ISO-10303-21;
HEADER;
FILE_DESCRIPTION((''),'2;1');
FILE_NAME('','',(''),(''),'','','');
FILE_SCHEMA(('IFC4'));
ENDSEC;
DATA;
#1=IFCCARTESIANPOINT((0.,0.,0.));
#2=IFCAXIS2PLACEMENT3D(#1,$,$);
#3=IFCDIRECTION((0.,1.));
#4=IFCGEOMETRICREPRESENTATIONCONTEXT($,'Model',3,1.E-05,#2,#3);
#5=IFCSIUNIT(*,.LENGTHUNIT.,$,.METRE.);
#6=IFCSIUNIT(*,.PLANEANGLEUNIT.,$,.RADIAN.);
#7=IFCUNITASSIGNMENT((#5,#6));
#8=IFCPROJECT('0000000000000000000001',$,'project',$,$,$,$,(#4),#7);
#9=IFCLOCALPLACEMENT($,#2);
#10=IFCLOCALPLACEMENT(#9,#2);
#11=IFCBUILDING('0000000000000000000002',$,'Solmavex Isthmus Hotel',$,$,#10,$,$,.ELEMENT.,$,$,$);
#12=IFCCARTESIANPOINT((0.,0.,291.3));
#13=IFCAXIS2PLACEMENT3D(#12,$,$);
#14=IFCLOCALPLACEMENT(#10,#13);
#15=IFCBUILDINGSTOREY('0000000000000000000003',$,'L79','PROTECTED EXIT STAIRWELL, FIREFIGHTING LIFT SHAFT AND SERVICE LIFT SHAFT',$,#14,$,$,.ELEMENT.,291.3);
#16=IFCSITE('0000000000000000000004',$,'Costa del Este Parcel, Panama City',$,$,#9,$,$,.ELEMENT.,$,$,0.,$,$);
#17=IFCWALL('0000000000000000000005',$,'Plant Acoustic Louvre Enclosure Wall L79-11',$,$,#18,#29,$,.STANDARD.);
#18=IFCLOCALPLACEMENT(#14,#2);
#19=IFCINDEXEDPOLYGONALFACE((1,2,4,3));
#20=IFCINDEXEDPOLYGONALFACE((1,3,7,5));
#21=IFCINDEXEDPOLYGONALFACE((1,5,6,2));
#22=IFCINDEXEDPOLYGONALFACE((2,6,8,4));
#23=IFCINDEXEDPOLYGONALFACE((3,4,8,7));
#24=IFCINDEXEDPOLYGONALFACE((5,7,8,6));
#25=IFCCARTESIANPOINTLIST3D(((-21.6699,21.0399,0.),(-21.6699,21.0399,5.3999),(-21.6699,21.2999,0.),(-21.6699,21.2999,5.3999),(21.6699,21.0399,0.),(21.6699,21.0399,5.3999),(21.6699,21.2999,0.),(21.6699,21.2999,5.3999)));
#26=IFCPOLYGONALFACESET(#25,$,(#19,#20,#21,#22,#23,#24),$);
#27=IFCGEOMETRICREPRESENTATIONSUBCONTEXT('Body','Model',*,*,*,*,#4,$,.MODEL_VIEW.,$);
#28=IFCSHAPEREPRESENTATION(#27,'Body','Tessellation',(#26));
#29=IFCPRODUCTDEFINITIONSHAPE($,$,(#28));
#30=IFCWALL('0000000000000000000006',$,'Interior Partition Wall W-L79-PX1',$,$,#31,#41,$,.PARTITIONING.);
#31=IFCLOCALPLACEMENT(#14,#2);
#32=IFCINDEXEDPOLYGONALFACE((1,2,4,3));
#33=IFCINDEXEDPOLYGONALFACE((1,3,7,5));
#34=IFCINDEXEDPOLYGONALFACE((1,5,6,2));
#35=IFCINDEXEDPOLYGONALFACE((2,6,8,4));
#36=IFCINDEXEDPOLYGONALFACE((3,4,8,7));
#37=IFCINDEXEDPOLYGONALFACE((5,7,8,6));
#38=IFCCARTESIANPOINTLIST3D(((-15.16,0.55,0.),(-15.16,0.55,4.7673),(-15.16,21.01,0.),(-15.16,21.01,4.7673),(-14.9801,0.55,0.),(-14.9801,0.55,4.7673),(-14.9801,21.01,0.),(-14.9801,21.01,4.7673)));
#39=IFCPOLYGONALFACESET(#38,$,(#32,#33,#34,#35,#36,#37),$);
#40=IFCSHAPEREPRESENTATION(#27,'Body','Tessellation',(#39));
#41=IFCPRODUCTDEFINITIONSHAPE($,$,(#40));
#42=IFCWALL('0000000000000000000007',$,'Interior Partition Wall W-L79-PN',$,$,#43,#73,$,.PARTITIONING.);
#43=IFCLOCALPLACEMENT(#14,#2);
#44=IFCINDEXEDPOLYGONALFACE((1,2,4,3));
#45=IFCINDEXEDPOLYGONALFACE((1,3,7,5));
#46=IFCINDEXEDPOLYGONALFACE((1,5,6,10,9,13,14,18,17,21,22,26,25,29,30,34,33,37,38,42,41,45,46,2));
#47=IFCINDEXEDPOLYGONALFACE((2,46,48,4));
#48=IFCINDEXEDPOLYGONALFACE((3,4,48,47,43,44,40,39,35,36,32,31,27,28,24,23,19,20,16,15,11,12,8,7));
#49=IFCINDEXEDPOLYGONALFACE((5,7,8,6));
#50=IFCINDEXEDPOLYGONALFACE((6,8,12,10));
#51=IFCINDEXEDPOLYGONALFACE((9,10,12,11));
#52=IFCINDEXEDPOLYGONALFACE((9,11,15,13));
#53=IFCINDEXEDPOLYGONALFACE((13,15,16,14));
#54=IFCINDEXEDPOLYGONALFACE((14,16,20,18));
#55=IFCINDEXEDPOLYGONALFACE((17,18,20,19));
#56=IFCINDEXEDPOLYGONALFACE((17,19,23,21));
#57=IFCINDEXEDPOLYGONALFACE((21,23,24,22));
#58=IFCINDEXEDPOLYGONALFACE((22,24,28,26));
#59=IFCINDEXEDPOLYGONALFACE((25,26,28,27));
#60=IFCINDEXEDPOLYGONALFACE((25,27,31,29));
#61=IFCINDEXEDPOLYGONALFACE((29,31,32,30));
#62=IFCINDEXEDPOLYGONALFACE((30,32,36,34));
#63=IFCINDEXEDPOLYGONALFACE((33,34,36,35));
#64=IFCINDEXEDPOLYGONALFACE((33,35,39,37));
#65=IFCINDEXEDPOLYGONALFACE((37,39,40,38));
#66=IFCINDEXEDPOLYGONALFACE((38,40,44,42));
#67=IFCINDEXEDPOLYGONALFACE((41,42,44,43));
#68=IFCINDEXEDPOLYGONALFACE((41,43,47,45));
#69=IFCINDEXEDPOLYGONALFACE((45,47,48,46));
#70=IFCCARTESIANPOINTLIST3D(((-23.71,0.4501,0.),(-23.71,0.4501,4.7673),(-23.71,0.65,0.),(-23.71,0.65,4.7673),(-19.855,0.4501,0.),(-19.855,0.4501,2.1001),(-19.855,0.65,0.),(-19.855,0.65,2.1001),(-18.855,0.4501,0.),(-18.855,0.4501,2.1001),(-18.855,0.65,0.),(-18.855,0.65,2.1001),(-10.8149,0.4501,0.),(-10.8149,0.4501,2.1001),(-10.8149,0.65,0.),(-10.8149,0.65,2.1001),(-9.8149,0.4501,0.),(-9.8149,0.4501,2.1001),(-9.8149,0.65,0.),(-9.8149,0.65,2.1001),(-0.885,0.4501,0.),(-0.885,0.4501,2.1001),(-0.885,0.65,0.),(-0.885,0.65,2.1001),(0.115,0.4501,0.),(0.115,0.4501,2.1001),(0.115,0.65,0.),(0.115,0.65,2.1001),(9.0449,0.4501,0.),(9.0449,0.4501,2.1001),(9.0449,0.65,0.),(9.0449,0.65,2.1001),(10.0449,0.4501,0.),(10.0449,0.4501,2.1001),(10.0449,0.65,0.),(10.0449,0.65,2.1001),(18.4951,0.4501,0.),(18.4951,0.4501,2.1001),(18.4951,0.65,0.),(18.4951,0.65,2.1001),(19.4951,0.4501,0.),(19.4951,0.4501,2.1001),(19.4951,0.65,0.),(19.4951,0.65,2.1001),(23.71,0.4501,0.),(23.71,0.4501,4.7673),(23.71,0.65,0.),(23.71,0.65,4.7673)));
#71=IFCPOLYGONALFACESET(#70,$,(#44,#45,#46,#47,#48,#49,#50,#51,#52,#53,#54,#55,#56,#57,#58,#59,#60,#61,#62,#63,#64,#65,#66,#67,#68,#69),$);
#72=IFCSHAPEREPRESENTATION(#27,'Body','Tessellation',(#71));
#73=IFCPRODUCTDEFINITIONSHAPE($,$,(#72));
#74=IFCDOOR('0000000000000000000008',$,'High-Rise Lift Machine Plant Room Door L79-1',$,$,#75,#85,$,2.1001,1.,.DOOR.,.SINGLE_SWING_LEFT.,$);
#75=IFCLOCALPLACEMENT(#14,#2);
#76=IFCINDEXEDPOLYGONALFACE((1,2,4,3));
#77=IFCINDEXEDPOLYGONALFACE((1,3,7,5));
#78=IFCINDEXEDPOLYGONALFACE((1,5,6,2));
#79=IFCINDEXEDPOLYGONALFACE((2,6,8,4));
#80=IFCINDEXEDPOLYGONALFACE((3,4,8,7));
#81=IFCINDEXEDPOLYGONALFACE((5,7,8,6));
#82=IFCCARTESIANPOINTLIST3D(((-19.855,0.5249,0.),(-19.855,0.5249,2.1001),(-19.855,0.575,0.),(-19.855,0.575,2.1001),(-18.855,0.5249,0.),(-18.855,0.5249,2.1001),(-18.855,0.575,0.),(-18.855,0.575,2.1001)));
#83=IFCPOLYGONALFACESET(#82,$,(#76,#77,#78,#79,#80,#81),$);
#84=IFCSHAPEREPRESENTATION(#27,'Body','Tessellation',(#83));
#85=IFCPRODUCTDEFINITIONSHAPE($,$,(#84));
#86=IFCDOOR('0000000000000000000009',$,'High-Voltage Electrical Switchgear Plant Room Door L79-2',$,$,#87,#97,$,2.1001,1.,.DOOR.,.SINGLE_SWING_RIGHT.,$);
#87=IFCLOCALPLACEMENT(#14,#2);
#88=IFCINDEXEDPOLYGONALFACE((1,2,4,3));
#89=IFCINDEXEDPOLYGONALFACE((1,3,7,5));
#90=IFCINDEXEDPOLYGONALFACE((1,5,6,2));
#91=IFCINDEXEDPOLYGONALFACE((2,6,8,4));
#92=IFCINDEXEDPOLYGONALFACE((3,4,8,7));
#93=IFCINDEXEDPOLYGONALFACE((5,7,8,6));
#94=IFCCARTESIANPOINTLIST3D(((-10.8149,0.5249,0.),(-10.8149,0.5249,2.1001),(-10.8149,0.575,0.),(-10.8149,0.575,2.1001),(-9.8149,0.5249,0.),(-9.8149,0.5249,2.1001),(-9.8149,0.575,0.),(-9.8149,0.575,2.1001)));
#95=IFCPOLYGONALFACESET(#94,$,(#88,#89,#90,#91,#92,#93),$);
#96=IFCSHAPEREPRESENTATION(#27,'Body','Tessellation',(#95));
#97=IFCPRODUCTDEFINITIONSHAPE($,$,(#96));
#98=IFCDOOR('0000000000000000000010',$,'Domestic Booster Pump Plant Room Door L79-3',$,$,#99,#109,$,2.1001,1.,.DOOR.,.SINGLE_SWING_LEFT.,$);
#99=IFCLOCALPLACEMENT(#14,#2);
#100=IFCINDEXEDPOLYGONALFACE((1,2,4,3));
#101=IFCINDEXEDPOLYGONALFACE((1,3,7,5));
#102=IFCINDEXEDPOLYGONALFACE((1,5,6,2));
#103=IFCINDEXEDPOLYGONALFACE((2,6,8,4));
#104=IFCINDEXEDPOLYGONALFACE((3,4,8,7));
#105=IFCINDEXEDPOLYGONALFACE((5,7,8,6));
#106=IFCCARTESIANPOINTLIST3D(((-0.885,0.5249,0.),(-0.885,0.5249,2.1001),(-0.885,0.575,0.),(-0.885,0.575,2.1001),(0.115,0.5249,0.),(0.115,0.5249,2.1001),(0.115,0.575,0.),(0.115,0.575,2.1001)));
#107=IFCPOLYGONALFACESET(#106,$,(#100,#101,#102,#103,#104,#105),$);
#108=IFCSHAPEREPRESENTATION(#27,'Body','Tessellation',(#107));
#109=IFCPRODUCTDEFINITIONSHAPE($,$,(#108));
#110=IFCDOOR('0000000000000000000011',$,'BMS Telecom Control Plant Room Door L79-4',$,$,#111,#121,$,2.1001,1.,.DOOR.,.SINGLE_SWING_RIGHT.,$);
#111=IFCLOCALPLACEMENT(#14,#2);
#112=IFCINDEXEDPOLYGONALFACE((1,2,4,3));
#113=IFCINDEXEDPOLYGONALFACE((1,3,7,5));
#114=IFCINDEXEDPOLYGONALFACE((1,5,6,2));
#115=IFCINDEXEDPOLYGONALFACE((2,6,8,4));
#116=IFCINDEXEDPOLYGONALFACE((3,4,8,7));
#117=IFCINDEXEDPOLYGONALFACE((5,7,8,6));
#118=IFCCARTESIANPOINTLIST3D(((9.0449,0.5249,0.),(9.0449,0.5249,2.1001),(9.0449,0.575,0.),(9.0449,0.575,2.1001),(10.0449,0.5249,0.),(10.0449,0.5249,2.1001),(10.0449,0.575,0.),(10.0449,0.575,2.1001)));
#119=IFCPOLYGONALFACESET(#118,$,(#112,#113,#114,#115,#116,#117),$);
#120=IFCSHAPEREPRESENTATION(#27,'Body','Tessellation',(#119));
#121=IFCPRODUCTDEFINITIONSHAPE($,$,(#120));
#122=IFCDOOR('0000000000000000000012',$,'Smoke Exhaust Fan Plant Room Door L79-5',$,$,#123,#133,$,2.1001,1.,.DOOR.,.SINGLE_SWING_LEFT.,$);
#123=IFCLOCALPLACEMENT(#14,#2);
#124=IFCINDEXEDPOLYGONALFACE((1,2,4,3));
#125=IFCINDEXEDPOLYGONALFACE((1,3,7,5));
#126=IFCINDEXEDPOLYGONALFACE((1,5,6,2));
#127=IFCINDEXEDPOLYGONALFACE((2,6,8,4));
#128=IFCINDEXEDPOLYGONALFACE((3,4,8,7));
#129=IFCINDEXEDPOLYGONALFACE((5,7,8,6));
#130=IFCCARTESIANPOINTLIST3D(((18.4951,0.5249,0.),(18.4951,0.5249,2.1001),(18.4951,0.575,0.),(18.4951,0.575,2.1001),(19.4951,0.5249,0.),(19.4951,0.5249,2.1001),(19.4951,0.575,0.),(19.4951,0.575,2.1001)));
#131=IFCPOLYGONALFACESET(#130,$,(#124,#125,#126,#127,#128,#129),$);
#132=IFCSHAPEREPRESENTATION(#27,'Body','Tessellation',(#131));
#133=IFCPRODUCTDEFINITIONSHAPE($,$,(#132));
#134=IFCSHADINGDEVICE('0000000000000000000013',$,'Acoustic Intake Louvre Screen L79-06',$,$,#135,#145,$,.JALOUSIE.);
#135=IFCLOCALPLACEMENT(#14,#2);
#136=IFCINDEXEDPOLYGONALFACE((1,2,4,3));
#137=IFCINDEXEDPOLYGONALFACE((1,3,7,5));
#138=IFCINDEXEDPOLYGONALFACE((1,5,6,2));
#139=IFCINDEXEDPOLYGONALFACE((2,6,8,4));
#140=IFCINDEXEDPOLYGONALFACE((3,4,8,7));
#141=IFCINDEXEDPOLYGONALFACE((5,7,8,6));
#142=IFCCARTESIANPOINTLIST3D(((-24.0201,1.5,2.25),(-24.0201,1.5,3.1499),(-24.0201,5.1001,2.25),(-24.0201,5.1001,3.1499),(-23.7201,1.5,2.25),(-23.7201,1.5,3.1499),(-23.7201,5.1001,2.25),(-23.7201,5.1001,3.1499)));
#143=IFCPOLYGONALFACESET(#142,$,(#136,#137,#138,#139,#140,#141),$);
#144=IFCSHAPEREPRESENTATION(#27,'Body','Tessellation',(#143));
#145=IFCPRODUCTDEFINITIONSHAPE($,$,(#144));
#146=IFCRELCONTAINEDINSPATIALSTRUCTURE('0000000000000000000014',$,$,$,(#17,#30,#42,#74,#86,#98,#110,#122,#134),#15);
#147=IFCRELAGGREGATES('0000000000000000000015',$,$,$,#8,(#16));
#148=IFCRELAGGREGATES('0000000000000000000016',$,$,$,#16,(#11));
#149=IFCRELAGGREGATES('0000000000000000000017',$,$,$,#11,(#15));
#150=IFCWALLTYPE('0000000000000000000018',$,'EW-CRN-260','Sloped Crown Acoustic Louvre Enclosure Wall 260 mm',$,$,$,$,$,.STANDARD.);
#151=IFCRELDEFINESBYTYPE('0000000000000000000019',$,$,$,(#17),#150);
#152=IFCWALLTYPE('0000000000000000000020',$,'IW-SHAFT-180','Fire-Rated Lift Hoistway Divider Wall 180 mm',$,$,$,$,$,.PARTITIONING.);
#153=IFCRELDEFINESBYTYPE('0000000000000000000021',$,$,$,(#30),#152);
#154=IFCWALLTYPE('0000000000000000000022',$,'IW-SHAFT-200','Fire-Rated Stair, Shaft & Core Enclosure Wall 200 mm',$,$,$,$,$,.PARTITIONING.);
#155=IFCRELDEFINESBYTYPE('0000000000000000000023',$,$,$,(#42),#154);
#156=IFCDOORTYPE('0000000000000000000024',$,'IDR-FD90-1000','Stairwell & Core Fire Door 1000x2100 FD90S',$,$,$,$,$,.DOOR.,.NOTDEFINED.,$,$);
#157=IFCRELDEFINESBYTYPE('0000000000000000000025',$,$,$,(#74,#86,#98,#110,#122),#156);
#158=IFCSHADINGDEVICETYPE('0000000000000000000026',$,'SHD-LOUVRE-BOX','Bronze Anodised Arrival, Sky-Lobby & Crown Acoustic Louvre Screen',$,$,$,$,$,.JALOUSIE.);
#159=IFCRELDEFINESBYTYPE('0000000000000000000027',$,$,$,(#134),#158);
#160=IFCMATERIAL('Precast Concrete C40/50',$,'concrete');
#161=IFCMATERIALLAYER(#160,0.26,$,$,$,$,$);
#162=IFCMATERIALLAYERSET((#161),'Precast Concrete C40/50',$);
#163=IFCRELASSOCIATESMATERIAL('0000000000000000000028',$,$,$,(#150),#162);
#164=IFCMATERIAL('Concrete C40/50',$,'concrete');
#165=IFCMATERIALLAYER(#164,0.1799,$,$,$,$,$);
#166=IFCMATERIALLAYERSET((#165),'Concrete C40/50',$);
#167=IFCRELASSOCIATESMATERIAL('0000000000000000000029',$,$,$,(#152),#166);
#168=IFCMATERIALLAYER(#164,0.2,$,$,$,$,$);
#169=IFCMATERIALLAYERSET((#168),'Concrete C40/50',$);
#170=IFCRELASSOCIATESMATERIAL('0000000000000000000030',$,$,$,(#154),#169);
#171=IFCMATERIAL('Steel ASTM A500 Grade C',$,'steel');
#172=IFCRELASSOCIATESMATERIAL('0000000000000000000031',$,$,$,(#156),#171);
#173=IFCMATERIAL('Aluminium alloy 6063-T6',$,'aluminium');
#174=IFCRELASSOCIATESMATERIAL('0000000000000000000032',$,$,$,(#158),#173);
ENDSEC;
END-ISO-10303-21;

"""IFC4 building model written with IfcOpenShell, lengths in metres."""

from ifc_helpers import new_model, si_unit, direction, frame, frame_2d, origin, origin_2d, place, context, subcontext, project, spatial, rectangle, extrude, material, layer, layer_set, type_object, element, fill, save


model = new_model("IFC4")

# Units and contexts
model_context = context("Model", 3, precision=1e-05, world=origin(), true_north=direction((0.0, 1.0)))
body_context = subcontext(model_context, "Body", "Model", "MODEL_VIEW")
ifc_project = project(units=[si_unit("LENGTHUNIT", "METRE"), si_unit("PLANEANGLEUNIT", "RADIAN")], contexts=[model_context])

# Site, building, storey
site_placement = place(None, origin())
site = spatial("IfcSite", under=ifc_project, at=site_placement, Name="Costa del Este Parcel, Panama City", CompositionType="ELEMENT", RefElevation=0.0)
building_placement = place(site_placement, origin())
building = spatial("IfcBuilding", under=site, at=building_placement, Name="Solmavex Isthmus Hotel", CompositionType="ELEMENT")
storey_placement = place(building_placement, frame((0.0, 0.0, 291.3)))
storey = spatial("IfcBuildingStorey", under=building, at=storey_placement, Name="L79", Description="PROTECTED EXIT STAIRWELL, FIREFIGHTING LIFT SHAFT AND SERVICE LIFT SHAFT", CompositionType="ELEMENT", Elevation=291.3)

# Walls
ifc_material_1 = material(Name="Precast Concrete C40/50", Category="concrete")
ifc_layer_1 = layer(ifc_material_1, 0.26)
ifc_layer_set_1 = layer_set([ifc_layer_1], Name="Precast Concrete C40/50")
wall_type_1 = type_object("IfcWallType", Name="EW-CRN-260", Description="Sloped Crown Acoustic Louvre Enclosure Wall 260 mm", PredefinedType="STANDARD", material=ifc_layer_set_1)
wall_1_placement = place(storey_placement, frame((-21.6699, 21.1699, 0.0), z_axis=(0.0, 0.0, 1.0), x_axis=(1.0, 0.0, 0.0)))
element("IfcWall", 1, at=wall_1_placement, inside=storey, type_object=wall_type_1, Name="Plant Acoustic Louvre Enclosure Wall L79-11", PredefinedType="STANDARD", context=body_context, shape_type="SweptSolid", body=[
    extrude(rectangle(XDim=43.3398, YDim=0.26, at=frame_2d((21.6699, 0.0))), origin(), (0.0, 0.0, 1.0), 5.3999),
])
ifc_material_2 = material(Name="Concrete C40/50", Category="concrete")
ifc_layer_2 = layer(ifc_material_2, 0.1799)
ifc_layer_set_2 = layer_set([ifc_layer_2], Name="Concrete C40/50")
wall_type_2 = type_object("IfcWallType", Name="IW-SHAFT-180", Description="Fire-Rated Lift Hoistway Divider Wall 180 mm", PredefinedType="PARTITIONING", material=ifc_layer_set_2)
wall_2_placement = place(storey_placement, frame((-15.0701, 0.55, 0.0), z_axis=(0.0, 0.0, 1.0), x_axis=(0.0, 1.0, 0.0)))
element("IfcWall", 2, at=wall_2_placement, inside=storey, type_object=wall_type_2, Name="Interior Partition Wall W-L79-PX1", PredefinedType="PARTITIONING", context=body_context, shape_type="SweptSolid", body=[
    extrude(rectangle(XDim=20.46, YDim=0.1799, at=frame_2d((10.23, 0.0))), origin(), (0.0, 0.0, 1.0), 4.7673),
])

# Wall, openings, doors
ifc_layer_3 = layer(ifc_material_2, 0.2)
ifc_layer_set_3 = layer_set([ifc_layer_3], Name="Concrete C40/50")
wall_type_3 = type_object("IfcWallType", Name="IW-SHAFT-200", Description="Fire-Rated Stair, Shaft & Core Enclosure Wall 200 mm", PredefinedType="PARTITIONING", material=ifc_layer_set_3)
wall_3_placement = place(storey_placement, frame((-23.71, 0.55, 0.0), z_axis=(0.0, 0.0, 1.0), x_axis=(1.0, 0.0, 0.0)))
wall_3 = element("IfcWall", 3, at=wall_3_placement, inside=storey, type_object=wall_type_3, Name="Interior Partition Wall W-L79-PN", PredefinedType="PARTITIONING", context=body_context, shape_type="SweptSolid", body=[
    extrude(rectangle(XDim=47.4199, YDim=0.2, at=frame_2d((23.71, 0.0))), origin(), (0.0, 0.0, 1.0), 4.7673),
])
opening_1_placement = place(wall_3_placement, frame((3.855, 0.0, 0.0)))
opening_1 = element("IfcOpeningElement", 4, at=opening_1_placement, cuts=wall_3, PredefinedType="OPENING", context=body_context, shape_type="SweptSolid", body=[
    extrude(rectangle(XDim=1.0, YDim=2.1001, at=frame_2d((0.5, 1.05))), frame((0.0, 0.1099, 0.0), z_axis=(0.0, -1.0, 0.0), x_axis=(1.0, 0.0, 0.0)), (0.0, 0.0, 1.0), 0.22),
])
opening_2_placement = place(wall_3_placement, frame((12.895, 0.0, 0.0)))
opening_2 = element("IfcOpeningElement", 5, at=opening_2_placement, cuts=wall_3, PredefinedType="OPENING", context=body_context, shape_type="SweptSolid", body=[
    extrude(rectangle(XDim=1.0, YDim=2.1001, at=frame_2d((0.5, 1.05))), frame((0.0, 0.1099, 0.0), z_axis=(0.0, -1.0, 0.0), x_axis=(1.0, 0.0, 0.0)), (0.0, 0.0, 1.0), 0.22),
])
opening_3_placement = place(wall_3_placement, frame((22.825, 0.0, 0.0)))
opening_3 = element("IfcOpeningElement", 6, at=opening_3_placement, cuts=wall_3, PredefinedType="OPENING", context=body_context, shape_type="SweptSolid", body=[
    extrude(rectangle(XDim=1.0, YDim=2.1001, at=frame_2d((0.5, 1.05))), frame((0.0, 0.1099, 0.0), z_axis=(0.0, -1.0, 0.0), x_axis=(1.0, 0.0, 0.0)), (0.0, 0.0, 1.0), 0.22),
])
opening_4_placement = place(wall_3_placement, frame((32.7549, 0.0, 0.0)))
opening_4 = element("IfcOpeningElement", 7, at=opening_4_placement, cuts=wall_3, PredefinedType="OPENING", context=body_context, shape_type="SweptSolid", body=[
    extrude(rectangle(XDim=1.0, YDim=2.1001, at=frame_2d((0.5, 1.05))), frame((0.0, 0.1099, 0.0), z_axis=(0.0, -1.0, 0.0), x_axis=(1.0, 0.0, 0.0)), (0.0, 0.0, 1.0), 0.22),
])
opening_5_placement = place(wall_3_placement, frame((42.2051, 0.0, 0.0)))
opening_5 = element("IfcOpeningElement", 8, at=opening_5_placement, cuts=wall_3, PredefinedType="OPENING", context=body_context, shape_type="SweptSolid", body=[
    extrude(rectangle(XDim=1.0, YDim=2.1001, at=frame_2d((0.5, 1.05))), frame((0.0, 0.1099, 0.0), z_axis=(0.0, -1.0, 0.0), x_axis=(1.0, 0.0, 0.0)), (0.0, 0.0, 1.0), 0.22),
])
ifc_material_3 = material(Name="Steel ASTM A500 Grade C", Category="steel")
door_type = type_object("IfcDoorType", Name="IDR-FD90-1000", Description="Stairwell & Core Fire Door 1000x2100 FD90S", OperationType="NOTDEFINED", PredefinedType="DOOR", material=ifc_material_3)
door_1_placement = place(opening_1_placement, origin())
door_1 = element("IfcDoor", 9, at=door_1_placement, inside=storey, type_object=door_type, Name="High-Rise Lift Machine Plant Room Door L79-1", OperationType="SINGLE_SWING_LEFT", OverallHeight=2.1001, OverallWidth=1.0, PredefinedType="DOOR", context=body_context, shape_type="SweptSolid", body=[
    extrude(rectangle(XDim=1.0, YDim=2.1001, at=frame_2d((0.5, 1.05))), frame((0.0, 0.0249, 0.0), z_axis=(0.0, -1.0, 0.0), x_axis=(1.0, 0.0, 0.0)), (0.0, 0.0, 1.0), 0.05),
])
fill(opening_1, door_1)
door_2_placement = place(opening_2_placement, origin())
door_2 = element("IfcDoor", 10, at=door_2_placement, inside=storey, type_object=door_type, Name="High-Voltage Electrical Switchgear Plant Room Door L79-2", OperationType="SINGLE_SWING_RIGHT", OverallHeight=2.1001, OverallWidth=1.0, PredefinedType="DOOR", context=body_context, shape_type="SweptSolid", body=[
    extrude(rectangle(XDim=1.0, YDim=2.1001, at=frame_2d((0.5, 1.05))), frame((0.0, 0.0249, 0.0), z_axis=(0.0, -1.0, 0.0), x_axis=(1.0, 0.0, 0.0)), (0.0, 0.0, 1.0), 0.05),
])
fill(opening_2, door_2)
door_3_placement = place(opening_3_placement, origin())
door_3 = element("IfcDoor", 11, at=door_3_placement, inside=storey, type_object=door_type, Name="Domestic Booster Pump Plant Room Door L79-3", OperationType="SINGLE_SWING_LEFT", OverallHeight=2.1001, OverallWidth=1.0, PredefinedType="DOOR", context=body_context, shape_type="SweptSolid", body=[
    extrude(rectangle(XDim=1.0, YDim=2.1001, at=frame_2d((0.5, 1.05))), frame((0.0, 0.0249, 0.0), z_axis=(0.0, -1.0, 0.0), x_axis=(1.0, 0.0, 0.0)), (0.0, 0.0, 1.0), 0.05),
])
fill(opening_3, door_3)
door_4_placement = place(opening_4_placement, origin())
door_4 = element("IfcDoor", 12, at=door_4_placement, inside=storey, type_object=door_type, Name="BMS Telecom Control Plant Room Door L79-4", OperationType="SINGLE_SWING_RIGHT", OverallHeight=2.1001, OverallWidth=1.0, PredefinedType="DOOR", context=body_context, shape_type="SweptSolid", body=[
    extrude(rectangle(XDim=1.0, YDim=2.1001, at=frame_2d((0.5, 1.05))), frame((0.0, 0.0249, 0.0), z_axis=(0.0, -1.0, 0.0), x_axis=(1.0, 0.0, 0.0)), (0.0, 0.0, 1.0), 0.05),
])
fill(opening_4, door_4)
door_5_placement = place(opening_5_placement, origin())
door_5 = element("IfcDoor", 13, at=door_5_placement, inside=storey, type_object=door_type, Name="Smoke Exhaust Fan Plant Room Door L79-5", OperationType="SINGLE_SWING_LEFT", OverallHeight=2.1001, OverallWidth=1.0, PredefinedType="DOOR", context=body_context, shape_type="SweptSolid", body=[
    extrude(rectangle(XDim=1.0, YDim=2.1001, at=frame_2d((0.5, 1.05))), frame((0.0, 0.0249, 0.0), z_axis=(0.0, -1.0, 0.0), x_axis=(1.0, 0.0, 0.0)), (0.0, 0.0, 1.0), 0.05),
])
fill(opening_5, door_5)

# Shading device
ifc_material_4 = material(Name="Aluminium alloy 6063-T6", Category="aluminium")
shading_device_type = type_object("IfcShadingDeviceType", Name="SHD-LOUVRE-BOX", Description="Bronze Anodised Arrival, Sky-Lobby & Crown Acoustic Louvre Screen", PredefinedType="JALOUSIE", material=ifc_material_4)
shading_device_placement = place(storey_placement, frame((-23.8701, 3.3, 2.25), z_axis=(0.0, 0.0, 1.0), x_axis=(0.0, 1.0, 0.0)))
element("IfcShadingDevice", 14, at=shading_device_placement, inside=storey, type_object=shading_device_type, Name="Acoustic Intake Louvre Screen L79-06", PredefinedType="JALOUSIE", context=body_context, shape_type="SweptSolid", body=[
    extrude(rectangle(XDim=3.6001, YDim=0.3, at=origin_2d()), origin(), (0.0, 0.0, 1.0), 0.8999),
])

save(model, "model.ifc")
